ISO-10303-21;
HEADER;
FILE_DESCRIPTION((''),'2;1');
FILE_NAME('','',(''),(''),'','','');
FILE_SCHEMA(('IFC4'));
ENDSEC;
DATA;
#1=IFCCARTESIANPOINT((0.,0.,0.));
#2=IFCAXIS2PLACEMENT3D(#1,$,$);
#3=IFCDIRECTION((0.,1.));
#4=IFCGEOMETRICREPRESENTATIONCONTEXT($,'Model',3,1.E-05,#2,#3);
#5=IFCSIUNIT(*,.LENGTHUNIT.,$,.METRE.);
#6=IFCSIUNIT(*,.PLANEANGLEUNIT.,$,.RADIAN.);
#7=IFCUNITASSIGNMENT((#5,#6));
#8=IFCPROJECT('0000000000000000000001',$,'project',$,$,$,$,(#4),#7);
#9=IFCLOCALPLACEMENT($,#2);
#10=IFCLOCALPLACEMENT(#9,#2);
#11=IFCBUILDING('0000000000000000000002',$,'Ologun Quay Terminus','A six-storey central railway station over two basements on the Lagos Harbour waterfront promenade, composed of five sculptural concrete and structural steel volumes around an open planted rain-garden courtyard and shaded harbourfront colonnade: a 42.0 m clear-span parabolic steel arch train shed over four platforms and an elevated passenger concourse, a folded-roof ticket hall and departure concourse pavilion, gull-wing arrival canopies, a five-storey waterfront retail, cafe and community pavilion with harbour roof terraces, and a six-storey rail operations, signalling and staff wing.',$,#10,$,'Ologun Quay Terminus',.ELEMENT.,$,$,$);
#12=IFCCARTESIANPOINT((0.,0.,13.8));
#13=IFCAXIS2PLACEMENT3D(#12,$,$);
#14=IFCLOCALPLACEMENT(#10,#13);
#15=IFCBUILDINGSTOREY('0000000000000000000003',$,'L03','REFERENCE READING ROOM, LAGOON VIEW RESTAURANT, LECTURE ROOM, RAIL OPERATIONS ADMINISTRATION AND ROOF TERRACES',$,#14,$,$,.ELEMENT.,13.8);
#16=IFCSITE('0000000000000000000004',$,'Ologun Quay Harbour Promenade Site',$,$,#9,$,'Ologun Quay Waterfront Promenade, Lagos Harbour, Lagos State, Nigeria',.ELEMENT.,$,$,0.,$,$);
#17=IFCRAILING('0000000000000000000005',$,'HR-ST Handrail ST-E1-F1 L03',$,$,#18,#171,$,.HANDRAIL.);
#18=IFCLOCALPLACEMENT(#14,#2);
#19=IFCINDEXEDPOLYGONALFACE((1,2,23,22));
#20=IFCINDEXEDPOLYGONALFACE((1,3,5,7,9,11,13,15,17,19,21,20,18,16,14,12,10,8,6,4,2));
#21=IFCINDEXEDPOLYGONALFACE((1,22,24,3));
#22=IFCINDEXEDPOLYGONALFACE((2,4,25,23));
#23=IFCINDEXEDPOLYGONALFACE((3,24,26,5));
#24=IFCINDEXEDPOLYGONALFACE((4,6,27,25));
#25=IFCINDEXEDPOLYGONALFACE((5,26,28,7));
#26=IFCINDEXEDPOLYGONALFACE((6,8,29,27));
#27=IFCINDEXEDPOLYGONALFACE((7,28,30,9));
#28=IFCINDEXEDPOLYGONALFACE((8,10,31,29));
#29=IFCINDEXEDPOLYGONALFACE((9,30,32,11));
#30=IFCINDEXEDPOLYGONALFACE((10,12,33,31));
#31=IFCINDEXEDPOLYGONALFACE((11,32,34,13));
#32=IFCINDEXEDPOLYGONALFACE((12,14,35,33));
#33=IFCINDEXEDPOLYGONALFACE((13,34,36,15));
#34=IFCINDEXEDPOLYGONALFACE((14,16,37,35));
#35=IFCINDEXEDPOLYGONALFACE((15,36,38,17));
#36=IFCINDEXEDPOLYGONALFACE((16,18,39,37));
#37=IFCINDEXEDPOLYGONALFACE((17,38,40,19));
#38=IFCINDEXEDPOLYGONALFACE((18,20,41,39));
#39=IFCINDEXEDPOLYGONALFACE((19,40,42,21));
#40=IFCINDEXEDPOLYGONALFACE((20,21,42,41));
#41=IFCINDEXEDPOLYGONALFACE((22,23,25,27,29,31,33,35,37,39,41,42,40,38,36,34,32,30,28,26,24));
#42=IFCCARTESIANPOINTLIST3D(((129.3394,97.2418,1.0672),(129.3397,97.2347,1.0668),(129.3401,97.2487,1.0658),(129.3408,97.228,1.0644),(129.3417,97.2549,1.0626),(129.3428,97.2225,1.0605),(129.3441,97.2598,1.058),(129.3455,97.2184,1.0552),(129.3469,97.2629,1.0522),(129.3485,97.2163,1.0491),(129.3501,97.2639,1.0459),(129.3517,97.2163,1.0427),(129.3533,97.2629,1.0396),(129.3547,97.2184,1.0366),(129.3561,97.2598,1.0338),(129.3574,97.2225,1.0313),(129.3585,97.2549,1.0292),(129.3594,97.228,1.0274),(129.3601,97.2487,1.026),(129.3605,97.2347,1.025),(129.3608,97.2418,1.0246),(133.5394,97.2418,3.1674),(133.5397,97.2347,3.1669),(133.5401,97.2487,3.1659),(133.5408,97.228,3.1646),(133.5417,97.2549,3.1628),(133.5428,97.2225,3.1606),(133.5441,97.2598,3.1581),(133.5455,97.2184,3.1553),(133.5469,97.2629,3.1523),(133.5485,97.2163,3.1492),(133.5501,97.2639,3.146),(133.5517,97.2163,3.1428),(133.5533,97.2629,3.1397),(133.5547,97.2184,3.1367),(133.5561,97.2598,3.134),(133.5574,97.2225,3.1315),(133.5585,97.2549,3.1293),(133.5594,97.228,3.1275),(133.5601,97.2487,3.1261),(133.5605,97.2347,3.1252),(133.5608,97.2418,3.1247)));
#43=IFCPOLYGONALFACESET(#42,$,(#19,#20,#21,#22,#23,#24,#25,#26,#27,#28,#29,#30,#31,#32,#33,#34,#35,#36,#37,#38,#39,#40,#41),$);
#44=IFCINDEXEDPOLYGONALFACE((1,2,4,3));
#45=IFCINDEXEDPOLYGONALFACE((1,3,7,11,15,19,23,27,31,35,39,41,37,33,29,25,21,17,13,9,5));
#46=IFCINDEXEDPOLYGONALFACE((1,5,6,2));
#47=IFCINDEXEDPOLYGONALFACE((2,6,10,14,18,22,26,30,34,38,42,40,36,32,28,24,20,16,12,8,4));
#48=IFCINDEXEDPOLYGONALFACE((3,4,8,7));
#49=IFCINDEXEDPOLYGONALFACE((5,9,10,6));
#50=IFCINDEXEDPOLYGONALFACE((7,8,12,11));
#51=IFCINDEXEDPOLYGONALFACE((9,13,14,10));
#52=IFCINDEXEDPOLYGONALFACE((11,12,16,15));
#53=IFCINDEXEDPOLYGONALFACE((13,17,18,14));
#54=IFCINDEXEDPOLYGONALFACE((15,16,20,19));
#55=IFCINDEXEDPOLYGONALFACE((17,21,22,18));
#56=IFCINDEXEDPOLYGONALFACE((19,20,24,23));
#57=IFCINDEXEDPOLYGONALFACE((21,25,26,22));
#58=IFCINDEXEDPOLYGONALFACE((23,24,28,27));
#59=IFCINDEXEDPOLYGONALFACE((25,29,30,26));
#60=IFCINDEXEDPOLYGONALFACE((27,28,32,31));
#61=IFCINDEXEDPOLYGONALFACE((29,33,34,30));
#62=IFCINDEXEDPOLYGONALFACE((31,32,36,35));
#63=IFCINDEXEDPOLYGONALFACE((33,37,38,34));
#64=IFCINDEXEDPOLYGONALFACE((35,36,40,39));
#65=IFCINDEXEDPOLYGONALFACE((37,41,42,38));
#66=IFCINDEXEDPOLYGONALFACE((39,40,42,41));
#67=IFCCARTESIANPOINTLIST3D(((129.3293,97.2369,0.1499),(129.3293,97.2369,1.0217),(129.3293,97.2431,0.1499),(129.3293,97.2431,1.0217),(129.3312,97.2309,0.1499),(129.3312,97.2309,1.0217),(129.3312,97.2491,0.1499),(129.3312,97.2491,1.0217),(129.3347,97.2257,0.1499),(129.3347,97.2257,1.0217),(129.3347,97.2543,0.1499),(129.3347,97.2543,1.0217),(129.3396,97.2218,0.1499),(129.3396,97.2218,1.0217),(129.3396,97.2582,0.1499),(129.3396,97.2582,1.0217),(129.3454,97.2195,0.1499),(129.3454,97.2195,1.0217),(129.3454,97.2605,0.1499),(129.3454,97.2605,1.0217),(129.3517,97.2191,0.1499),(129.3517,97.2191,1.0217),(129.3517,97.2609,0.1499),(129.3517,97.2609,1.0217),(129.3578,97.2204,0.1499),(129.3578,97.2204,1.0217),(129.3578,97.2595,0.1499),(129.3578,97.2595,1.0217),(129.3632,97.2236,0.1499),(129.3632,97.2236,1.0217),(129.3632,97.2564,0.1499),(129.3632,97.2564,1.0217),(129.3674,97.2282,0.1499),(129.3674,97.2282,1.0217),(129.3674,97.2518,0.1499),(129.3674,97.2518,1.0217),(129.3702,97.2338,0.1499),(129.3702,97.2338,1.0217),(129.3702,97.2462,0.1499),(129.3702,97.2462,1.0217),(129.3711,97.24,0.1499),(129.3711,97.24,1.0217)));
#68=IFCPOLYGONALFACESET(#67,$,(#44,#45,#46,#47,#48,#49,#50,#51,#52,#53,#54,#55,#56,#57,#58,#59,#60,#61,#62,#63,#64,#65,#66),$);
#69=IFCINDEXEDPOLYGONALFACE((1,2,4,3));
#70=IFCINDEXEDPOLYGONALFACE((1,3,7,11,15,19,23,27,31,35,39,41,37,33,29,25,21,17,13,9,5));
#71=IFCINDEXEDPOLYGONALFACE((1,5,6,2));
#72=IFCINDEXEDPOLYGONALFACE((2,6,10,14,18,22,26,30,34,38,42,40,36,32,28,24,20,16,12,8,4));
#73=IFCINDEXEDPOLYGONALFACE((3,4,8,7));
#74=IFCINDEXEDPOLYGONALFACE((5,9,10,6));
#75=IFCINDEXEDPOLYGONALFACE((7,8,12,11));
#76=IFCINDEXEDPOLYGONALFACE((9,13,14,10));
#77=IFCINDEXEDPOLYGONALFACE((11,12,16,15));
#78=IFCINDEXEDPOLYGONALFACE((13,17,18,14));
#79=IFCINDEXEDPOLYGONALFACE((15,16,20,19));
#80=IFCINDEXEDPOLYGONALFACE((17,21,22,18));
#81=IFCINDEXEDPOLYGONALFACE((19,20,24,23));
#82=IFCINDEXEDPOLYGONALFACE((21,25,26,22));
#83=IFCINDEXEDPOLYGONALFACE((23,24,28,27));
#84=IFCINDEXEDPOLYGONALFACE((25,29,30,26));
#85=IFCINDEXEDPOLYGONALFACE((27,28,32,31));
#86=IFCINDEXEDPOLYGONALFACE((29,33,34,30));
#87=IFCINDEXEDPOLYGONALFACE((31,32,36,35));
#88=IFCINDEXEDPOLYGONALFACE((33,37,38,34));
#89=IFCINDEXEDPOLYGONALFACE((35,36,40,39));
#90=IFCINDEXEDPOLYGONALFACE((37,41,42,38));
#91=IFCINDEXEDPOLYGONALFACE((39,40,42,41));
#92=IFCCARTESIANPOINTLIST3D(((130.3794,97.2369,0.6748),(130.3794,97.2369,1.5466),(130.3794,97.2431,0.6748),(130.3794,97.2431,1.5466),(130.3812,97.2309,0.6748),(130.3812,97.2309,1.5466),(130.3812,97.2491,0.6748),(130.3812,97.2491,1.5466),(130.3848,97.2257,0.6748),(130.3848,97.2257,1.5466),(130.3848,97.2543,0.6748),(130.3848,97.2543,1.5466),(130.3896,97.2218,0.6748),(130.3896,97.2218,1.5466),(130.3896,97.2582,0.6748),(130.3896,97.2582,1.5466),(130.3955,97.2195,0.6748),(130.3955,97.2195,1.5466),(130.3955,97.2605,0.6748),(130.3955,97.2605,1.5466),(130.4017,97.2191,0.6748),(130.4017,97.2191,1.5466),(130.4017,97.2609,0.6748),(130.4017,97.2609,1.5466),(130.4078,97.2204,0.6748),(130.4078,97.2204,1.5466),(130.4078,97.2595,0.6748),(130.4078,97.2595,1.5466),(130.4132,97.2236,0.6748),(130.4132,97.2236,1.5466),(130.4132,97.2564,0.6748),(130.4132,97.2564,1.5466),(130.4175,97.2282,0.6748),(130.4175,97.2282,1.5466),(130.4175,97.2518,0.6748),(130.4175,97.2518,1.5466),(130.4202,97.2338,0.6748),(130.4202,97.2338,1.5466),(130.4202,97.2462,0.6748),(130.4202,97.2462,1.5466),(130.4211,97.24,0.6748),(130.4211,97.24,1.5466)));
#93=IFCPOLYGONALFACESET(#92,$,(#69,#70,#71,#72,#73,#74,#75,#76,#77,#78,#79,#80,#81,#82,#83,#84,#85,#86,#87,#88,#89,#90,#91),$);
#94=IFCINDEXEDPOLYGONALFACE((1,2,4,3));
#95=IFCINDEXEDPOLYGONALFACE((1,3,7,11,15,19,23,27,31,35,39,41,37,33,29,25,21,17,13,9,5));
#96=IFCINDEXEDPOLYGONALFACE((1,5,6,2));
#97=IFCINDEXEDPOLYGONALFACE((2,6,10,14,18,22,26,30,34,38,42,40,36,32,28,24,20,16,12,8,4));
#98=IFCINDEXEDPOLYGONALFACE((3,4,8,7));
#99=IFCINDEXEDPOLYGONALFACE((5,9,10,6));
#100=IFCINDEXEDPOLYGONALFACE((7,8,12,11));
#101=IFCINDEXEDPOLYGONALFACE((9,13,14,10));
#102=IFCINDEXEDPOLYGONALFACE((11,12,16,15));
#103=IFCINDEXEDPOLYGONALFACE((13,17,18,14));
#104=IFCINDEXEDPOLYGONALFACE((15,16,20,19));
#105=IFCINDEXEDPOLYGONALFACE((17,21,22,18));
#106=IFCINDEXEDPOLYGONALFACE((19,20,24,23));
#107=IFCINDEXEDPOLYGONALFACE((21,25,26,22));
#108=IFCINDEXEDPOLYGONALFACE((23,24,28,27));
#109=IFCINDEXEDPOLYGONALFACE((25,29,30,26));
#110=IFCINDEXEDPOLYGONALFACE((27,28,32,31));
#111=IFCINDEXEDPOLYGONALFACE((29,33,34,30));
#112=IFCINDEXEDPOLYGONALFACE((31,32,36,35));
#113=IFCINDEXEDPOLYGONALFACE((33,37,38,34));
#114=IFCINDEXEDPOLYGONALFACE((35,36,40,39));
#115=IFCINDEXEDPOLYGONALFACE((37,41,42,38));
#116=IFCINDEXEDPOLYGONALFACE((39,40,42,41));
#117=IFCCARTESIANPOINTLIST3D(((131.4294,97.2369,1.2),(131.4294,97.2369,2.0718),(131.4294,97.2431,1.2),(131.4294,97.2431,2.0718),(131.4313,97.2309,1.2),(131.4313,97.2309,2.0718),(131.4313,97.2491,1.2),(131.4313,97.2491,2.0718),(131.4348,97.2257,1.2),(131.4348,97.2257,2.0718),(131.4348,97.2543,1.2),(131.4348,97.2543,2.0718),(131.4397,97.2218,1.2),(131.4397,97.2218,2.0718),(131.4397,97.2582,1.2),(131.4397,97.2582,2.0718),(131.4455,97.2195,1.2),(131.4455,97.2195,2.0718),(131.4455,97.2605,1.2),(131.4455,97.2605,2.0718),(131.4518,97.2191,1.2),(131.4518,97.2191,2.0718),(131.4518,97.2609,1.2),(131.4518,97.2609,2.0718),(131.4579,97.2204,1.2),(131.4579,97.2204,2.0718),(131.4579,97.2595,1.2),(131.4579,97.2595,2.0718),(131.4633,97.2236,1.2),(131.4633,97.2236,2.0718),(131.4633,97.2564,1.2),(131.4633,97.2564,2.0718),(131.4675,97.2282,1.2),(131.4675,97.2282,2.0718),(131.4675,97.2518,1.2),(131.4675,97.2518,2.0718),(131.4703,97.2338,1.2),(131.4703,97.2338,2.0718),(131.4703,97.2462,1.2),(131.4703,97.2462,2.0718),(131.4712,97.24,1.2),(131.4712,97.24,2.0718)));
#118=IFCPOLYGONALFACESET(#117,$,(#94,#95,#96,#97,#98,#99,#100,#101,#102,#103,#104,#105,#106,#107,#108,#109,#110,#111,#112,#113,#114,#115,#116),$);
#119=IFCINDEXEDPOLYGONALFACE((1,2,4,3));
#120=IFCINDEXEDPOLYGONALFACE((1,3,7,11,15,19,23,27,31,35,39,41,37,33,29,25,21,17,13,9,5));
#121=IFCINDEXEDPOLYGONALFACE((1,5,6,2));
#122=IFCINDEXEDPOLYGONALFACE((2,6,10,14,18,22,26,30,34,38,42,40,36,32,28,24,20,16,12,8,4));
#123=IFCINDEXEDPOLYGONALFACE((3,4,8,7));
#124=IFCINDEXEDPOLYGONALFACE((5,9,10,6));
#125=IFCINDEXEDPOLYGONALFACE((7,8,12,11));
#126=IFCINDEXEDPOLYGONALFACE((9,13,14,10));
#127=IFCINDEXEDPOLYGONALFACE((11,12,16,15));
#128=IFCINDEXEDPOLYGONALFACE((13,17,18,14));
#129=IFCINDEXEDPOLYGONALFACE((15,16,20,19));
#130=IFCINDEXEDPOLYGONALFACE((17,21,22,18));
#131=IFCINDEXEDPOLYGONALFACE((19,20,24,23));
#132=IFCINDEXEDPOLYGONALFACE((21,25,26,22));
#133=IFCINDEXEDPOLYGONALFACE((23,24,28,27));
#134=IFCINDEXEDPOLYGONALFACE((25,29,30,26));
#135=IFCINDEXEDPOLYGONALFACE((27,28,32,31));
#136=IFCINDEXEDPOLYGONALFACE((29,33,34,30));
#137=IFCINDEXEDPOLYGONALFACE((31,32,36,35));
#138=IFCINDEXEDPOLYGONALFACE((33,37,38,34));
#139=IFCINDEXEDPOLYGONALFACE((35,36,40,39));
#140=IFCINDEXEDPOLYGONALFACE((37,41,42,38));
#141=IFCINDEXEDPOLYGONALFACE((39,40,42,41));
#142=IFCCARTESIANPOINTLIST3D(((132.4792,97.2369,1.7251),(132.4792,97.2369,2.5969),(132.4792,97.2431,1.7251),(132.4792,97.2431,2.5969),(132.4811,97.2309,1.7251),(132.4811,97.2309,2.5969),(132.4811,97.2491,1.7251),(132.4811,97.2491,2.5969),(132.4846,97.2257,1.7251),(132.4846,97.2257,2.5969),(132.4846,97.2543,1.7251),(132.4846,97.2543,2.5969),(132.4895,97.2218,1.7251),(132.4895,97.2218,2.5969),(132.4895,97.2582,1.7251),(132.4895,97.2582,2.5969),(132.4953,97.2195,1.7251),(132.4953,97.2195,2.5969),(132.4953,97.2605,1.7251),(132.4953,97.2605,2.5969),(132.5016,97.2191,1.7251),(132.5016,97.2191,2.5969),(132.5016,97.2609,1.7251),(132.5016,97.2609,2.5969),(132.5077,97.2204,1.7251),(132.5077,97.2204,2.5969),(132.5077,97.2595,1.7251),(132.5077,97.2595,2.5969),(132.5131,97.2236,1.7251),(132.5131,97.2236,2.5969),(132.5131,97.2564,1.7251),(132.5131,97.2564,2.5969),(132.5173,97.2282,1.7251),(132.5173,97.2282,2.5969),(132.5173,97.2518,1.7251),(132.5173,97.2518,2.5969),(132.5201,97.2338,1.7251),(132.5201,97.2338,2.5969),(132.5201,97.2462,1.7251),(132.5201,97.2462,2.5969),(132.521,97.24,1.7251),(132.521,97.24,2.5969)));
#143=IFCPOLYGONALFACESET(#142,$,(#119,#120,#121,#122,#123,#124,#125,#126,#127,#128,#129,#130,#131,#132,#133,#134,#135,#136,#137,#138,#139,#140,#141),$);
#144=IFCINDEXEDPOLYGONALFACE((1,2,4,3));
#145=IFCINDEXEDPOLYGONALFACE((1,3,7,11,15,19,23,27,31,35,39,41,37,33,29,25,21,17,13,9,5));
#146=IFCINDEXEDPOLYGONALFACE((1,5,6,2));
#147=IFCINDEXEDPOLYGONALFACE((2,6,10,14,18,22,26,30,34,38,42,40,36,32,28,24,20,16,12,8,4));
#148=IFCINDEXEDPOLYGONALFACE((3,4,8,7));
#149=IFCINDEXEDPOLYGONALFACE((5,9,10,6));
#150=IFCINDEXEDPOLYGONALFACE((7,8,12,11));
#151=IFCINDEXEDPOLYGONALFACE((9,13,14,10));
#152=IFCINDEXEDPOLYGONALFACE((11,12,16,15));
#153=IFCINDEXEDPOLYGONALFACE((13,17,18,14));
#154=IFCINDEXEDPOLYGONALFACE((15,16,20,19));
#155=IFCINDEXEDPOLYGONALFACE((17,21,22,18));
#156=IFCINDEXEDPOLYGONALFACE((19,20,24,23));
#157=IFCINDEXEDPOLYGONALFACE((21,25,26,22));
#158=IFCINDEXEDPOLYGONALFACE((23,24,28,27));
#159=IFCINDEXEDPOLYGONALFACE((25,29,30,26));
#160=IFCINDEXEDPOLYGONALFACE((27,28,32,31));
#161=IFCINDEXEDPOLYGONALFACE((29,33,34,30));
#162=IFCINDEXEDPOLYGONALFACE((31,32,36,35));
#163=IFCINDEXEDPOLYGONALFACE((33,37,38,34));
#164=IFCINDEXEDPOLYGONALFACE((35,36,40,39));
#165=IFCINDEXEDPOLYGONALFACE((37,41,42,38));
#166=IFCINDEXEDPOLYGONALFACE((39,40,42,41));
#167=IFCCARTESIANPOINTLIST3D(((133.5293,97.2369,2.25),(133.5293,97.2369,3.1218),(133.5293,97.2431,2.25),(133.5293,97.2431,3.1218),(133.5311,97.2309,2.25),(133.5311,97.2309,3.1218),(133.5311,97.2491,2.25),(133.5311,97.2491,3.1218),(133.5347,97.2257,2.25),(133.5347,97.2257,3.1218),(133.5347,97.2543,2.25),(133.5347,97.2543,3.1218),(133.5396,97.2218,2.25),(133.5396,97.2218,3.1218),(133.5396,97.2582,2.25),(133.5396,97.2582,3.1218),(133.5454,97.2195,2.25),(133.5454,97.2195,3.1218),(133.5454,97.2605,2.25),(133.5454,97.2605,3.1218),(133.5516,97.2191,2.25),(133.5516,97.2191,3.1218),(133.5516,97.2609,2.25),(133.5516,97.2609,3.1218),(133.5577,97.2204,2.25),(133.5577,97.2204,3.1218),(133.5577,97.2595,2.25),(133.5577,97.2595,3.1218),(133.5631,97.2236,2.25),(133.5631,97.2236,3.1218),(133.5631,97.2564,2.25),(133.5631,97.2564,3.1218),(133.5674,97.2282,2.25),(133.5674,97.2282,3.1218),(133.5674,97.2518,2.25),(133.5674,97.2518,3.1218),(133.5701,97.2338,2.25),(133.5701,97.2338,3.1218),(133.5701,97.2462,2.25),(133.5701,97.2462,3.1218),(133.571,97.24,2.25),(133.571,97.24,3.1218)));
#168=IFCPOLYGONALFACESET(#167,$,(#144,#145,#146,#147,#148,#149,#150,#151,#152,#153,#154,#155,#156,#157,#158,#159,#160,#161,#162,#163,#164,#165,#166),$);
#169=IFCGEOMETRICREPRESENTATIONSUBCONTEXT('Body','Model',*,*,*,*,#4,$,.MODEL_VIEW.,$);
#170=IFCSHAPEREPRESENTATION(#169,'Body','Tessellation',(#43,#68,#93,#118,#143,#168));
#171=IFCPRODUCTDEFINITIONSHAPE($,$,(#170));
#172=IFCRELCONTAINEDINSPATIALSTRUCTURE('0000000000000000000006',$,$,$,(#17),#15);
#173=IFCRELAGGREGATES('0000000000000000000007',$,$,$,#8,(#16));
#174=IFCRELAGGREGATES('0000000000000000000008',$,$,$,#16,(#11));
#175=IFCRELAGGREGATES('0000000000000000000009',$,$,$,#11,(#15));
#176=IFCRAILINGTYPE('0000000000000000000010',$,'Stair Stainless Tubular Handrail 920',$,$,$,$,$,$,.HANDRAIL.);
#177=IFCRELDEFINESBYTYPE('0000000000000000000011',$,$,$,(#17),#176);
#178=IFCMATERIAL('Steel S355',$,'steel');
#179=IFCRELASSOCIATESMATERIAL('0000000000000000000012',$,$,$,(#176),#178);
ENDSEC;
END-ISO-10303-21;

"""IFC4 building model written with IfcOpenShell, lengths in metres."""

from ifc_helpers import new_model, si_unit, direction, frame, origin, origin_2d, place, context, subcontext, project, spatial, circle, extrude, material, type_object, element, save


model = new_model("IFC4")

# Units and contexts
model_context = context("Model", 3, precision=1e-05, world=origin(), true_north=direction((0.0, 1.0)))
body_context = subcontext(model_context, "Body", "Model", "MODEL_VIEW")
ifc_project = project(units=[si_unit("LENGTHUNIT", "METRE"), si_unit("PLANEANGLEUNIT", "RADIAN")], contexts=[model_context])

# Site, building, storey
site_placement = place(None, origin())
site = spatial("IfcSite", under=ifc_project, at=site_placement, Name="Ologun Quay Harbour Promenade Site", LongName="Ologun Quay Waterfront Promenade, Lagos Harbour, Lagos State, Nigeria", CompositionType="ELEMENT", RefElevation=0.0)
building_placement = place(site_placement, origin())
building = spatial("IfcBuilding", under=site, at=building_placement, Name="Ologun Quay Terminus", Description="A six-storey central railway station over two basements on the Lagos Harbour waterfront promenade, composed of five sculptural concrete and structural steel volumes around an open planted rain-garden courtyard and shaded harbourfront colonnade: a 42.0 m clear-span parabolic steel arch train shed over four platforms and an elevated passenger concourse, a folded-roof ticket hall and departure concourse pavilion, gull-wing arrival canopies, a five-storey waterfront retail, cafe and community pavilion with harbour roof terraces, and a six-storey rail operations, signalling and staff wing.", LongName="Ologun Quay Terminus", CompositionType="ELEMENT")
storey_placement = place(building_placement, frame((0.0, 0.0, 13.8)))
storey = spatial("IfcBuildingStorey", under=building, at=storey_placement, Name="L03", Description="REFERENCE READING ROOM, LAGOON VIEW RESTAURANT, LECTURE ROOM, RAIL OPERATIONS ADMINISTRATION AND ROOF TERRACES", CompositionType="ELEMENT", Elevation=13.8)

# Railing
ifc_material_1 = material(Name="Steel S355", Category="steel")
railing_type_1 = type_object("IfcRailingType", Name="Stair Stainless Tubular Handrail 920", PredefinedType="HANDRAIL", material=ifc_material_1)
railing_1_placement = place(storey_placement, frame((129.3501, 97.24, 0.1499)))
element("IfcRailing", 1, at=railing_1_placement, inside=storey, type_object=railing_type_1, Name="HR-ST Handrail ST-E1-F1 L03", PredefinedType="HANDRAIL", context=body_context, shape_type="SweptSolid", body=[
    extrude(circle(Radius=0.0239, at=origin_2d()), frame((0.0, 0.0, 0.896), z_axis=(0.894417, 0.0, 0.447234), x_axis=(0.0, 1.0, 0.0)), (0.0, 0.0, 1.0), 4.6958),
    extrude(circle(Radius=0.021, at=origin_2d()), origin(), (0.0, 0.0, 1.0), 0.8718),
    extrude(circle(Radius=0.021, at=origin_2d()), frame((1.05, 0.0, 0.5249)), (0.0, 0.0, 1.0), 0.8718),
    extrude(circle(Radius=0.021, at=origin_2d()), frame((2.1001, 0.0, 1.05)), (0.0, 0.0, 1.0), 0.8718),
    extrude(circle(Radius=0.021, at=origin_2d()), frame((3.1499, 0.0, 1.5752)), (0.0, 0.0, 1.0), 0.8718),
    extrude(circle(Radius=0.021, at=origin_2d()), frame((4.2, 0.0, 2.1001)), (0.0, 0.0, 1.0), 0.8718),
])

save(model, "model.ifc")
